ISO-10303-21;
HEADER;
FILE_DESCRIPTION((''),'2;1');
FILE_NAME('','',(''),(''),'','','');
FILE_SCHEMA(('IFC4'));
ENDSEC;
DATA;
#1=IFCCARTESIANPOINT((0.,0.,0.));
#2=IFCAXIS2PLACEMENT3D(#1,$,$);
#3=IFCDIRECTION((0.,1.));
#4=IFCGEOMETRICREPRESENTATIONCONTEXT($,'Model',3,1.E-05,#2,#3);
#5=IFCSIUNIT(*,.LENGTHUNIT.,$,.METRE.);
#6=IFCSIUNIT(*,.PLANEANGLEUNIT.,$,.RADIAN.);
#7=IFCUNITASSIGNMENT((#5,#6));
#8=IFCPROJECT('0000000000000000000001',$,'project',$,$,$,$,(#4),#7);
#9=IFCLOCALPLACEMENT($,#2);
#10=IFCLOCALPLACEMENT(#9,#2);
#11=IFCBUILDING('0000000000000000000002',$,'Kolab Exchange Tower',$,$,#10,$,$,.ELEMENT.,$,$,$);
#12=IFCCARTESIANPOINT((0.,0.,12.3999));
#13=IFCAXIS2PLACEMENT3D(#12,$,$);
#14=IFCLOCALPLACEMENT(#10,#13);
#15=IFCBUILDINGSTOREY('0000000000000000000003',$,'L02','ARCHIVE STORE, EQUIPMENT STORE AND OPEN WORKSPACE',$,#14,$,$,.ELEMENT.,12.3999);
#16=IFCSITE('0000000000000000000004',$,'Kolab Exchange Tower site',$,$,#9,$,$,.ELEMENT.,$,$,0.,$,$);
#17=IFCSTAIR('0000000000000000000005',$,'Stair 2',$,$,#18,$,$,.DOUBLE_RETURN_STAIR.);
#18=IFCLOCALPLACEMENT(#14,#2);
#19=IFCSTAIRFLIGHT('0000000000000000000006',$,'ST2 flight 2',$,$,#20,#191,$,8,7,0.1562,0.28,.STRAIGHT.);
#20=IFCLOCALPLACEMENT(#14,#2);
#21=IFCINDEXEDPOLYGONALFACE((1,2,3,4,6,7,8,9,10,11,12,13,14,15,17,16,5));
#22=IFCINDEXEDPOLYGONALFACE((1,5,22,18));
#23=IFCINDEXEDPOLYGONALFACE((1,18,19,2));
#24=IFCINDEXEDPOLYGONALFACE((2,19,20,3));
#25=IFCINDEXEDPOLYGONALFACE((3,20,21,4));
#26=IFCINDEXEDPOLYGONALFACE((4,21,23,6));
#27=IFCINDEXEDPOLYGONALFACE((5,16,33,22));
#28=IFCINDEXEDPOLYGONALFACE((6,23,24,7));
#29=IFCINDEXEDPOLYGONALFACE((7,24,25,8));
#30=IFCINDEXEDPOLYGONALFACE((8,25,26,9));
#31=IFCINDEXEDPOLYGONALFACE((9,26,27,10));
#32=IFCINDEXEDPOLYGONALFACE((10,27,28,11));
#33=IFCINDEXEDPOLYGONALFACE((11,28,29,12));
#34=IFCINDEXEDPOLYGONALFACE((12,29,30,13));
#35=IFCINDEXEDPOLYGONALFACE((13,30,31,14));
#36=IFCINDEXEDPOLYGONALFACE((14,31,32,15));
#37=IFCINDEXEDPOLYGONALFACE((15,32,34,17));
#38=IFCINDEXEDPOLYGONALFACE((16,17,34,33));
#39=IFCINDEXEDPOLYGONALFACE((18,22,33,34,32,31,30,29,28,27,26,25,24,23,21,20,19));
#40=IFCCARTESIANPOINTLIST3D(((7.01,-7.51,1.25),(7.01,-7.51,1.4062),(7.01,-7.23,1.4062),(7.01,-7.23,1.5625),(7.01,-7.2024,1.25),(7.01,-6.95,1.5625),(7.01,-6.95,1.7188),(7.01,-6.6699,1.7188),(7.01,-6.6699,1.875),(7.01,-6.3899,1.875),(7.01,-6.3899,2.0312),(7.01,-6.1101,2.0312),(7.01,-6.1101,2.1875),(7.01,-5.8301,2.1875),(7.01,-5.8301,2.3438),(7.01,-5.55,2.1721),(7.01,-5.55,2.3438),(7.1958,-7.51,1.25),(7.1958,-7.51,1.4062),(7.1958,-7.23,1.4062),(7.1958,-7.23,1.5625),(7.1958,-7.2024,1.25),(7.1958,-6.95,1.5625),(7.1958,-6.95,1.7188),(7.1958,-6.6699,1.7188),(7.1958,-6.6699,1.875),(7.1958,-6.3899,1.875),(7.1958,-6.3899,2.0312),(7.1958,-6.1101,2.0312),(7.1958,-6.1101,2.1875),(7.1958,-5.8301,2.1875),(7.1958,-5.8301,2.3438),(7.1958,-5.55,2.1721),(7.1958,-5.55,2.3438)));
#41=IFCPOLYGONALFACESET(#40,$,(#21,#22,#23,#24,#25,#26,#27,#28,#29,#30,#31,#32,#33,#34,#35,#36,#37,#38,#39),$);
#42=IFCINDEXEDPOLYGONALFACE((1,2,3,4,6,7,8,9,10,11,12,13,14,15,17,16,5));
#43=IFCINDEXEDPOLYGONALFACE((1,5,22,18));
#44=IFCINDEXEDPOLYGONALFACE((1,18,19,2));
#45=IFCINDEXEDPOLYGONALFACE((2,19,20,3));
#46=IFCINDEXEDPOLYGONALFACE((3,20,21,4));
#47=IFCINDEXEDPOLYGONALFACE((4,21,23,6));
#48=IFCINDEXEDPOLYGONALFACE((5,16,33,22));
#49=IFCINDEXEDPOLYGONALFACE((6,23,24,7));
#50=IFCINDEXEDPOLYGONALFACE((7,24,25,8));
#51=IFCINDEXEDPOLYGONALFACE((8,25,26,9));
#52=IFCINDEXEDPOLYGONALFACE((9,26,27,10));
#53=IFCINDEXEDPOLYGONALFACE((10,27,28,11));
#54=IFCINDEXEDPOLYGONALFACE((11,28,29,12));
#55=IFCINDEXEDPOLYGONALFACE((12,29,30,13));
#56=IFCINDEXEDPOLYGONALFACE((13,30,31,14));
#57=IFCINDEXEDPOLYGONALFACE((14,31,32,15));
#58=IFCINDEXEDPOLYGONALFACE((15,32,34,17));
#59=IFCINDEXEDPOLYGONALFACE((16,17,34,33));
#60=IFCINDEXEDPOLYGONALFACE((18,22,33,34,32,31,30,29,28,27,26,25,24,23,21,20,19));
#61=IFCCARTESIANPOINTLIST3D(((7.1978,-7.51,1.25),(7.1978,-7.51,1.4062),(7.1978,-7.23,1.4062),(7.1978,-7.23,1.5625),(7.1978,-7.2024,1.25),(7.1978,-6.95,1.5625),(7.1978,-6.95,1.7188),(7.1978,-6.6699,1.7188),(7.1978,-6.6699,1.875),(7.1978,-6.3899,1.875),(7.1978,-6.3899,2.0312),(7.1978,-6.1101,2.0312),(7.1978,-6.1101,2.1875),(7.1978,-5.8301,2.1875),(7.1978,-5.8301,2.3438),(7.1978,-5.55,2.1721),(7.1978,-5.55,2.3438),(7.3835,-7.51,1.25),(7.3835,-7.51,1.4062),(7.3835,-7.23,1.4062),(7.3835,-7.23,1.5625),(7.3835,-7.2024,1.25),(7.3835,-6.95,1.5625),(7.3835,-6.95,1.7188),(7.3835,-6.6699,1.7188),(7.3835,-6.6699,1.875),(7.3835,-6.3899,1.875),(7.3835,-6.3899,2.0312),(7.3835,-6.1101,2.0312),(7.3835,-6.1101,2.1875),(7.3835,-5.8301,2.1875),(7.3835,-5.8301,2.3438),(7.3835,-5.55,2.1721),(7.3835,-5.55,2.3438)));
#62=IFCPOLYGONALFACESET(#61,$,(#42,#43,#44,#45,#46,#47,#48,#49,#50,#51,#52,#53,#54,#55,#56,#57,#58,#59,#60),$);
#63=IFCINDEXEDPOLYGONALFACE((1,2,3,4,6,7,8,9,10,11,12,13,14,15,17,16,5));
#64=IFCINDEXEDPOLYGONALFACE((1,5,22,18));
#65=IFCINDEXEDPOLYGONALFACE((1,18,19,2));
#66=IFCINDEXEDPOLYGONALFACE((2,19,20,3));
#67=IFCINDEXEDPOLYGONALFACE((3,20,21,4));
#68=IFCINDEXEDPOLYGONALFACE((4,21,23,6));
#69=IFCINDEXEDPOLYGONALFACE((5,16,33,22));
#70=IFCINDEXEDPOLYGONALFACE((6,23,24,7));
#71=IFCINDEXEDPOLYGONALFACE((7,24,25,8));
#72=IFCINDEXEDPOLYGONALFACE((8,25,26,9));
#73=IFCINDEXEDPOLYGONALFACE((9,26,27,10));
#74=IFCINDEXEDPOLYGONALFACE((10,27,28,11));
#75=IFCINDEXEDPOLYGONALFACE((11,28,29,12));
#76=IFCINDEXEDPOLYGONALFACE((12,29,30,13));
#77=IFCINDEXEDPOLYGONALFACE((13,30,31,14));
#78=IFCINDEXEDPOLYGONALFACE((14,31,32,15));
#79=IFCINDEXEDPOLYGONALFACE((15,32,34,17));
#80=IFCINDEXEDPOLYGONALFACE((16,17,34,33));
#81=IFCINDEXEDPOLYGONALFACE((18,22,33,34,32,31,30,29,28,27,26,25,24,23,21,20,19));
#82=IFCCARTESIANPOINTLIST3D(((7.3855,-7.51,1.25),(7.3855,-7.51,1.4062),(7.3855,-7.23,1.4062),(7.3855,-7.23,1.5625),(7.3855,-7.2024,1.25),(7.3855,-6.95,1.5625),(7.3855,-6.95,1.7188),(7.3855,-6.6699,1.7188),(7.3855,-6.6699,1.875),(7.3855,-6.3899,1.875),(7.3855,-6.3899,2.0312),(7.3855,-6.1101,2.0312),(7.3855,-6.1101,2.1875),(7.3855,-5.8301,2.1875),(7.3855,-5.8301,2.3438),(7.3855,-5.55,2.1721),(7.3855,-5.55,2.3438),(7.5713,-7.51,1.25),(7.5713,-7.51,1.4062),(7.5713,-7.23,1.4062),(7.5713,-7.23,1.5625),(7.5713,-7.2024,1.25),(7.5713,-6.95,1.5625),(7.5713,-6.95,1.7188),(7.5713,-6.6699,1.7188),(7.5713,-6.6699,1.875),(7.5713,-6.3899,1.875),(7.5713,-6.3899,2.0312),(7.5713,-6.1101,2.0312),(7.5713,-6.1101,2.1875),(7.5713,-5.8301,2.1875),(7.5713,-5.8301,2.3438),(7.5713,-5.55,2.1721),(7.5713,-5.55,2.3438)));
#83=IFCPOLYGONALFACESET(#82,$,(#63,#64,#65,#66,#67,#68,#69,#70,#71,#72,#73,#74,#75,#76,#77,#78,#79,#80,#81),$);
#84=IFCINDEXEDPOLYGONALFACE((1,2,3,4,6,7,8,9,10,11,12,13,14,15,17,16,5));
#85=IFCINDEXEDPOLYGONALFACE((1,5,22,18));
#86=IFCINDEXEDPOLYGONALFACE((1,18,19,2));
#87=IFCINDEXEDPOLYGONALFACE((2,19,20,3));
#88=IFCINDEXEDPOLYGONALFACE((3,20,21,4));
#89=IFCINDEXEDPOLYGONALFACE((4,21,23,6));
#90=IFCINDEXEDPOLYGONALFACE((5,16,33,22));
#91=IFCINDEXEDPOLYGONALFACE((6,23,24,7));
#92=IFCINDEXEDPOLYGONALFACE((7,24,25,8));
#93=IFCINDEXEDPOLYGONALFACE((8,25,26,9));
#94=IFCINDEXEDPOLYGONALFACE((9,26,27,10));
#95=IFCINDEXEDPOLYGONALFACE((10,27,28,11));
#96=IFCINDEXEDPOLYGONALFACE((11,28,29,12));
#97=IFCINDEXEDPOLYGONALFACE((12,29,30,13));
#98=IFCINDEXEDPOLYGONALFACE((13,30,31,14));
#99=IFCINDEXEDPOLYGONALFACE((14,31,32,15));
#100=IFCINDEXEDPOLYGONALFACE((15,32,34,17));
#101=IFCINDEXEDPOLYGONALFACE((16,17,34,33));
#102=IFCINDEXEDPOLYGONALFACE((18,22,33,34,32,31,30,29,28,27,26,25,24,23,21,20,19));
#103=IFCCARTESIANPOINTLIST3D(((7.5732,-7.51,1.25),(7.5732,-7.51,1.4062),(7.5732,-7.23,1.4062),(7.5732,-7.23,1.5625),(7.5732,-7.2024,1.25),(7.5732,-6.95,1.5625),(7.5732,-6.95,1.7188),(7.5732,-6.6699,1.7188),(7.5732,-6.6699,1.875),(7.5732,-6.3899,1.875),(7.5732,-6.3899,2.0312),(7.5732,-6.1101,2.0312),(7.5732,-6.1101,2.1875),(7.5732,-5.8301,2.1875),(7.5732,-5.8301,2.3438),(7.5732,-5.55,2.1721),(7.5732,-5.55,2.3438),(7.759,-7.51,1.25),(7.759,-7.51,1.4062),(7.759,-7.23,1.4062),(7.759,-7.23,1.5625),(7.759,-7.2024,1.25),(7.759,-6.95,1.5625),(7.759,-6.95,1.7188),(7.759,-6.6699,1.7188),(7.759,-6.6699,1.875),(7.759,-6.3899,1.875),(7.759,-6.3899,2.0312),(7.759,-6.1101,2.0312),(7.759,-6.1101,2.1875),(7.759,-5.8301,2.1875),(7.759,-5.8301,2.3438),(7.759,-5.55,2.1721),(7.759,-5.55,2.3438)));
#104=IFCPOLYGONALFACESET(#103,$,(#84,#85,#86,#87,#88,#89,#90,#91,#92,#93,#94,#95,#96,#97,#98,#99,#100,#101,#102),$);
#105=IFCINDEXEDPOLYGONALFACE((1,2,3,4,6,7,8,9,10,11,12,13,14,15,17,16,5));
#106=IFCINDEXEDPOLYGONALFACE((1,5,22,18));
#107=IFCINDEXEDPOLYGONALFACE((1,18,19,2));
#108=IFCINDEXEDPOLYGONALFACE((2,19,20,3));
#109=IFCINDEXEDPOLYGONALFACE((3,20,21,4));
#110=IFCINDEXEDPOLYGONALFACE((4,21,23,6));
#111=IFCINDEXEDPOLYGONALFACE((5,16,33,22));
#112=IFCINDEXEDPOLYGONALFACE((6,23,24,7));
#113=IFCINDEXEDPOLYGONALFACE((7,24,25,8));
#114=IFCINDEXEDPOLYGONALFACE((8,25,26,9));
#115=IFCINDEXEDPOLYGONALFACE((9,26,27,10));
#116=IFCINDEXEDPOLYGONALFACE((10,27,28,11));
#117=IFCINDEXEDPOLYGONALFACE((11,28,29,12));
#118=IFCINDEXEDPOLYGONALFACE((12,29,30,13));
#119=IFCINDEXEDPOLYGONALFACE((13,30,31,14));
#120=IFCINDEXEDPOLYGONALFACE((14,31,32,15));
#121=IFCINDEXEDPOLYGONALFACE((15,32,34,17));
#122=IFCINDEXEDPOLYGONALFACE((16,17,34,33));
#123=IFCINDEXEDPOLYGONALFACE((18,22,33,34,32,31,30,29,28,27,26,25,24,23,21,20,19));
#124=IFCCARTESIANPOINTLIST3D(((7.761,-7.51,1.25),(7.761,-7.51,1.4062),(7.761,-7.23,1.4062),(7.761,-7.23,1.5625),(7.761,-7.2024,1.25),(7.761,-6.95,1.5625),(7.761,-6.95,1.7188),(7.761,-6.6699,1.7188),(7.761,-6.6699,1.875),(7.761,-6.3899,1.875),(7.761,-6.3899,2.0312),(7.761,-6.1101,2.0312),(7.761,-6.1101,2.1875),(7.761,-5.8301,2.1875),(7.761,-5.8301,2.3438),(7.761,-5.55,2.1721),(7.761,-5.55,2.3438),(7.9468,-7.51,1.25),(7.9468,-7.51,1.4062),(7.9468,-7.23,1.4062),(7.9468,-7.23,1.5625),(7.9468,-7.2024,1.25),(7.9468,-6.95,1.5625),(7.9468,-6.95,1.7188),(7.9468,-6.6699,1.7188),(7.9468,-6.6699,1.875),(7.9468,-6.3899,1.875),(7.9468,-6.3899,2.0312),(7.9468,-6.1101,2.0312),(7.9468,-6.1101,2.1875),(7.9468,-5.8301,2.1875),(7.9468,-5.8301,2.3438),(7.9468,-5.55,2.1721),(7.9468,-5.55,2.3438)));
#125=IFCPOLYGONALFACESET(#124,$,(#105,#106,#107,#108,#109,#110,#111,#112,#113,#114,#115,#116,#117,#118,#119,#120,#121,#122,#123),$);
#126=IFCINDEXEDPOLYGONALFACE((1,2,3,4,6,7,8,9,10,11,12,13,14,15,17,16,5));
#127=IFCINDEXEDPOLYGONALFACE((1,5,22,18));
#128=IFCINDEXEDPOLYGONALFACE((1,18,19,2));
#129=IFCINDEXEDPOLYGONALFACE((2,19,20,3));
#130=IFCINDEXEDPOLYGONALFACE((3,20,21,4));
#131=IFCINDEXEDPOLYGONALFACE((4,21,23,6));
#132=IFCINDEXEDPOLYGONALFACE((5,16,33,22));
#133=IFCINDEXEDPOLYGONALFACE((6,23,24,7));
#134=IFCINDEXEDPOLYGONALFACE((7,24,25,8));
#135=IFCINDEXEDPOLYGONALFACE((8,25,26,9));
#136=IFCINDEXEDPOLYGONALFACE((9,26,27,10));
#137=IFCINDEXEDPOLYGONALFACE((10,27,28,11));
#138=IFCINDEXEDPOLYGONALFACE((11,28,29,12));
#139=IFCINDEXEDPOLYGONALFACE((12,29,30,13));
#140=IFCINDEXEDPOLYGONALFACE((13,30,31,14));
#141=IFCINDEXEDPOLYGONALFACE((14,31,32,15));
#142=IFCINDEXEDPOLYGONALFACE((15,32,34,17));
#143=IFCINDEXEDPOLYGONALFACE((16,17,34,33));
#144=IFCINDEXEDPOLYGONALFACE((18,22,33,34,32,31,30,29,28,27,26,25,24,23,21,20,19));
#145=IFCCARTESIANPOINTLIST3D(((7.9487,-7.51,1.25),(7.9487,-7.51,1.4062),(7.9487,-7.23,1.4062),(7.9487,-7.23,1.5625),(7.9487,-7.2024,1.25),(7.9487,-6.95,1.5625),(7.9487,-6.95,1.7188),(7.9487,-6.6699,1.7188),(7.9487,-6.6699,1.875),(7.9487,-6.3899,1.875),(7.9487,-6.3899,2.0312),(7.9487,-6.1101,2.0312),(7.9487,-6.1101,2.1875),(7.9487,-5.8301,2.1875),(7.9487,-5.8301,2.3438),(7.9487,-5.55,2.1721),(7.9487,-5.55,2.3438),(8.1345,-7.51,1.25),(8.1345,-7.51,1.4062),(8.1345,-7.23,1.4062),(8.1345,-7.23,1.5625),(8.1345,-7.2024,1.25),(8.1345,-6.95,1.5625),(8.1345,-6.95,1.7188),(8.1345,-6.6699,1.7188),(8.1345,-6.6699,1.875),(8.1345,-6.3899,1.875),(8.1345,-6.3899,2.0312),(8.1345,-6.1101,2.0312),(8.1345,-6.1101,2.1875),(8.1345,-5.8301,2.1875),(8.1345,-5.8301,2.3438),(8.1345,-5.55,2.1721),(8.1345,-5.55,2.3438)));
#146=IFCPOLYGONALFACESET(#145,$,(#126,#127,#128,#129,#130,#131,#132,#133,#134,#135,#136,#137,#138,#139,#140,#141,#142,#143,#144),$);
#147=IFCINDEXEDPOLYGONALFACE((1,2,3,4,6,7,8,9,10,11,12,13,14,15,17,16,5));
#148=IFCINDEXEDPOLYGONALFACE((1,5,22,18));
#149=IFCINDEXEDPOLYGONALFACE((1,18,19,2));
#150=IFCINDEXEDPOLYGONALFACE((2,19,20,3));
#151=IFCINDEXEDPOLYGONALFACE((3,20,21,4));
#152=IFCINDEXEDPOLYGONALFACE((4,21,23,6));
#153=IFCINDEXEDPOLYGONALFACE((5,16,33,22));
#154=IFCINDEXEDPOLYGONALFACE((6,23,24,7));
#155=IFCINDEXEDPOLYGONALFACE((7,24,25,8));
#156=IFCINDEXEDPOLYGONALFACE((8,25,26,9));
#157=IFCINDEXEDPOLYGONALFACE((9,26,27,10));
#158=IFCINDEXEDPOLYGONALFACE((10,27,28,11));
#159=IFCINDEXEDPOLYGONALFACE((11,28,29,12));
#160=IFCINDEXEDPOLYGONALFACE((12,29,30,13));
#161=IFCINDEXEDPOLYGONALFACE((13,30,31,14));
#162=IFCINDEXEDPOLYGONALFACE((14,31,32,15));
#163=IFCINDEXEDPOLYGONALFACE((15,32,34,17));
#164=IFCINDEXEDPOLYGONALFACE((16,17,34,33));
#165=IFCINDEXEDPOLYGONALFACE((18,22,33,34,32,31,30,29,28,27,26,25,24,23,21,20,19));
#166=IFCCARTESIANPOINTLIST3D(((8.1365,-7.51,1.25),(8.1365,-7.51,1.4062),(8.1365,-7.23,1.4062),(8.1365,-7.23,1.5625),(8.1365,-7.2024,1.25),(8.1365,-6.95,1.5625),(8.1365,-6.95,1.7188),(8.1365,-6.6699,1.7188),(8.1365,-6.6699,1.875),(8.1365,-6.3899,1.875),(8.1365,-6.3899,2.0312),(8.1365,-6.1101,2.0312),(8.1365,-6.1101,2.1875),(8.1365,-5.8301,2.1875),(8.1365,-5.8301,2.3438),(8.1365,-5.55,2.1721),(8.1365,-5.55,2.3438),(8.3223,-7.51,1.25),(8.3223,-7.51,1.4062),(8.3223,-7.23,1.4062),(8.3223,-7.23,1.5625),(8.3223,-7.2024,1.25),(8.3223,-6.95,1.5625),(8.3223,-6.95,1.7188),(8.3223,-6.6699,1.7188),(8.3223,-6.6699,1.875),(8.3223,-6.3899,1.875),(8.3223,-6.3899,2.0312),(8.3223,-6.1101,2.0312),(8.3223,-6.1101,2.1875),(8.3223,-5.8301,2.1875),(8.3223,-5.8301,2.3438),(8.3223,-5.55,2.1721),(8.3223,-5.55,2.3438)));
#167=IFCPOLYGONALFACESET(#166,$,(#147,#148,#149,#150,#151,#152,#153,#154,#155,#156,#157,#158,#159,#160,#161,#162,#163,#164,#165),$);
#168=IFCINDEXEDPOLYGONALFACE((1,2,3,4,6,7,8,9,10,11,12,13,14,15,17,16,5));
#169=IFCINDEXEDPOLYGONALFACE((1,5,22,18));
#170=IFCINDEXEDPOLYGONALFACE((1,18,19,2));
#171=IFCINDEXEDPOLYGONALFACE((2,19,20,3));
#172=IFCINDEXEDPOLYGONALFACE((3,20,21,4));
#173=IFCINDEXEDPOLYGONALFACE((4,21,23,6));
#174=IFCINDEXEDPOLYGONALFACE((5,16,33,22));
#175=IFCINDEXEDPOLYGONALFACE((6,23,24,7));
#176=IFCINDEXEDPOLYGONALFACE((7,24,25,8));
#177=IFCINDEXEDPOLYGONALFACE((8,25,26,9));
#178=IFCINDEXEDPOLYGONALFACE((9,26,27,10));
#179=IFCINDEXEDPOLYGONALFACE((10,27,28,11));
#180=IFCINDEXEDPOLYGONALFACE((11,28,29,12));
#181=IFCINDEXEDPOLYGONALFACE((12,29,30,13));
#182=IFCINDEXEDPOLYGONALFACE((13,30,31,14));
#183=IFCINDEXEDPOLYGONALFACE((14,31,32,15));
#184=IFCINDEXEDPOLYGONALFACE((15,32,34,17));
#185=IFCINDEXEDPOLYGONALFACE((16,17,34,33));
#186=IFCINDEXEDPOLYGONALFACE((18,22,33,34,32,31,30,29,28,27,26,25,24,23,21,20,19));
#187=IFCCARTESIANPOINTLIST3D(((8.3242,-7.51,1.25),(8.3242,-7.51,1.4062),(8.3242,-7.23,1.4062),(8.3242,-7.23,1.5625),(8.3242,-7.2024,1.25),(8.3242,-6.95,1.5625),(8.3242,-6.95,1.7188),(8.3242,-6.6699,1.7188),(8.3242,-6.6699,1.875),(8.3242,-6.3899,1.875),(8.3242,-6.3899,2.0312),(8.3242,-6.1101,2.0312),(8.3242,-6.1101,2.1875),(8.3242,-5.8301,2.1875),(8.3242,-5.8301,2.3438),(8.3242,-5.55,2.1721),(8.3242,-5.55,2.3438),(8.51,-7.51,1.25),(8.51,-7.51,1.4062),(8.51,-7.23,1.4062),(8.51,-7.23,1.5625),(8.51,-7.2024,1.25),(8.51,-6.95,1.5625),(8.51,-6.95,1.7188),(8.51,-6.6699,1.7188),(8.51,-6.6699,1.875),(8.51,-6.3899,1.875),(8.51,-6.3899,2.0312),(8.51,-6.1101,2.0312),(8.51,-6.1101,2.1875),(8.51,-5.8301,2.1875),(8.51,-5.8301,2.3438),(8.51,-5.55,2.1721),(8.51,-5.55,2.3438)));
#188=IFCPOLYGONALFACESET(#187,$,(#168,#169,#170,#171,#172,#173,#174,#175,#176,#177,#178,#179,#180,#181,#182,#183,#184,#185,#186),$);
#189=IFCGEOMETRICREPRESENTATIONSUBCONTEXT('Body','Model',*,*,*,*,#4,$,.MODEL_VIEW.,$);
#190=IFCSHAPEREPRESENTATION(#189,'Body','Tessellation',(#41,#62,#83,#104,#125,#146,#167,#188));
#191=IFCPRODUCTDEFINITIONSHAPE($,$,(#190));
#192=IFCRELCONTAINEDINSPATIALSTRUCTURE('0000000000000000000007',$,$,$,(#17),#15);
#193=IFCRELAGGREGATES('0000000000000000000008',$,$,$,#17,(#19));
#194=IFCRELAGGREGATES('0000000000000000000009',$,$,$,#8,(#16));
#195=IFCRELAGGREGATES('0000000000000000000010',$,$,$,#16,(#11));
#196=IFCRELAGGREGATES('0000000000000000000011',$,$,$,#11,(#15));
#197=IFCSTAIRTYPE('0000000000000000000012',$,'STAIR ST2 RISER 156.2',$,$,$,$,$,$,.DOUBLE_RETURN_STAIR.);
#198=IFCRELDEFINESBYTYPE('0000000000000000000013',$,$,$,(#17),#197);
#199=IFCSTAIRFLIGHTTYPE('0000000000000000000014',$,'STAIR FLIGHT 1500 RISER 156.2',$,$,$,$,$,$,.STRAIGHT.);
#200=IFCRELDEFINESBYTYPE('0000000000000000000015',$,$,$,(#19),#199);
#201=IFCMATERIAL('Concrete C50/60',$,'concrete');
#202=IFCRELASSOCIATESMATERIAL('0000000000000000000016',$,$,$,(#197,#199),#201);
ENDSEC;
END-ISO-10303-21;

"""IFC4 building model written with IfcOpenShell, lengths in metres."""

from ifc_helpers import new_model, si_unit, direction, frame, origin, place, context, subcontext, project, spatial, polyline, outline, extrude, material, type_object, element, aggregate, save


model = new_model("IFC4")

# Units and contexts
model_context = context("Model", 3, precision=1e-05, world=origin(), true_north=direction((0.0, 1.0)))
body_context = subcontext(model_context, "Body", "Model", "MODEL_VIEW")
ifc_project = project(units=[si_unit("LENGTHUNIT", "METRE"), si_unit("PLANEANGLEUNIT", "RADIAN")], contexts=[model_context])

# Site, building, storey
site_placement = place(None, origin())
site = spatial("IfcSite", under=ifc_project, at=site_placement, Name="Kolab Exchange Tower site", CompositionType="ELEMENT", RefElevation=0.0)
building_placement = place(site_placement, origin())
building = spatial("IfcBuilding", under=site, at=building_placement, Name="Kolab Exchange Tower", CompositionType="ELEMENT")
storey_placement = place(building_placement, frame((0.0, 0.0, 12.3999)))
storey = spatial("IfcBuildingStorey", under=building, at=storey_placement, Name="L02", Description="ARCHIVE STORE, EQUIPMENT STORE AND OPEN WORKSPACE", CompositionType="ELEMENT", Elevation=12.3999)

# Shared definitions
ifc_material_1 = material(Name="Concrete C50/60", Category="concrete")

# Stair, stair flight
stair_type = type_object("IfcStairType", Name="STAIR ST2 RISER 156.2", PredefinedType="DOUBLE_RETURN_STAIR", material=ifc_material_1)
stair_placement = place(storey_placement, origin())
stair = element("IfcStair", 1, at=stair_placement, inside=storey, type_object=stair_type, Name="Stair 2", PredefinedType="DOUBLE_RETURN_STAIR")
stair_flight_type = type_object("IfcStairFlightType", Name="STAIR FLIGHT 1500 RISER 156.2", PredefinedType="STRAIGHT", material=ifc_material_1)
stair_flight_1_placement = place(storey_placement, frame((7.76, -7.51, 1.25), z_axis=(0.0, 0.0, 1.0), x_axis=(0.0, 1.0, 0.0)))
stair_flight_1 = element("IfcStairFlight", 2, at=stair_flight_1_placement, type_object=stair_flight_type, Name="ST2 flight 2", NumberOfRisers=8, NumberOfTreads=7, PredefinedType="STRAIGHT", RiserHeight=0.1562, TreadLength=0.28, context=body_context, shape_type="SweptSolid", body=[
    extrude(outline(polyline([(0.0, 0.0), (0.0, 0.1562), (0.28, 0.1562), (0.28, 0.3125), (0.5601, 0.3125), (0.5601, 0.4688), (0.8401, 0.4688), (0.8401, 0.625), (1.1201, 0.625), (1.1201, 0.7812), (1.3999, 0.7812), (1.3999, 0.9375), (1.6799, 0.9375), (1.6799, 1.0938), (1.96, 1.0938), (1.96, 1.25), (1.96, 0.9221), (0.3076, 0.0), (0.0, 0.0)])), frame((0.0, 0.75, 0.0), z_axis=(0.0, -1.0, 0.0), x_axis=(1.0, 0.0, 0.0)), (0.0, 0.0, 1.0), 0.1858),
    extrude(outline(polyline([(0.0, 0.0), (0.0, 0.1562), (0.28, 0.1562), (0.28, 0.3125), (0.5601, 0.3125), (0.5601, 0.4688), (0.8401, 0.4688), (0.8401, 0.625), (1.1201, 0.625), (1.1201, 0.7812), (1.3999, 0.7812), (1.3999, 0.9375), (1.6799, 0.9375), (1.6799, 1.0938), (1.96, 1.0938), (1.96, 1.25), (1.96, 0.9221), (0.3076, 0.0), (0.0, 0.0)])), frame((0.0, 0.5623, 0.0), z_axis=(0.0, -1.0, 0.0), x_axis=(1.0, 0.0, 0.0)), (0.0, 0.0, 1.0), 0.1858),
    extrude(outline(polyline([(0.0, 0.0), (0.0, 0.1562), (0.28, 0.1562), (0.28, 0.3125), (0.5601, 0.3125), (0.5601, 0.4688), (0.8401, 0.4688), (0.8401, 0.625), (1.1201, 0.625), (1.1201, 0.7812), (1.3999, 0.7812), (1.3999, 0.9375), (1.6799, 0.9375), (1.6799, 1.0938), (1.96, 1.0938), (1.96, 1.25), (1.96, 0.9221), (0.3076, 0.0), (0.0, 0.0)])), frame((0.0, 0.3745, 0.0), z_axis=(0.0, -1.0, 0.0), x_axis=(1.0, 0.0, 0.0)), (0.0, 0.0, 1.0), 0.1858),
    extrude(outline(polyline([(0.0, 0.0), (0.0, 0.1562), (0.28, 0.1562), (0.28, 0.3125), (0.5601, 0.3125), (0.5601, 0.4688), (0.8401, 0.4688), (0.8401, 0.625), (1.1201, 0.625), (1.1201, 0.7812), (1.3999, 0.7812), (1.3999, 0.9375), (1.6799, 0.9375), (1.6799, 1.0938), (1.96, 1.0938), (1.96, 1.25), (1.96, 0.9221), (0.3076, 0.0), (0.0, 0.0)])), frame((0.0, 0.1868, 0.0), z_axis=(0.0, -1.0, 0.0), x_axis=(1.0, 0.0, 0.0)), (0.0, 0.0, 1.0), 0.1858),
    extrude(outline(polyline([(0.0, 0.0), (0.0, 0.1562), (0.28, 0.1562), (0.28, 0.3125), (0.5601, 0.3125), (0.5601, 0.4688), (0.8401, 0.4688), (0.8401, 0.625), (1.1201, 0.625), (1.1201, 0.7812), (1.3999, 0.7812), (1.3999, 0.9375), (1.6799, 0.9375), (1.6799, 1.0938), (1.96, 1.0938), (1.96, 1.25), (1.96, 0.9221), (0.3076, 0.0), (0.0, 0.0)])), frame((0.0, -0.001, 0.0), z_axis=(0.0, -1.0, 0.0), x_axis=(1.0, 0.0, 0.0)), (0.0, 0.0, 1.0), 0.1858),
    extrude(outline(polyline([(0.0, 0.0), (0.0, 0.1562), (0.28, 0.1562), (0.28, 0.3125), (0.5601, 0.3125), (0.5601, 0.4688), (0.8401, 0.4688), (0.8401, 0.625), (1.1201, 0.625), (1.1201, 0.7812), (1.3999, 0.7812), (1.3999, 0.9375), (1.6799, 0.9375), (1.6799, 1.0938), (1.96, 1.0938), (1.96, 1.25), (1.96, 0.9221), (0.3076, 0.0), (0.0, 0.0)])), frame((0.0, -0.1887, 0.0), z_axis=(0.0, -1.0, 0.0), x_axis=(1.0, 0.0, 0.0)), (0.0, 0.0, 1.0), 0.1858),
    extrude(outline(polyline([(0.0, 0.0), (0.0, 0.1562), (0.28, 0.1562), (0.28, 0.3125), (0.5601, 0.3125), (0.5601, 0.4688), (0.8401, 0.4688), (0.8401, 0.625), (1.1201, 0.625), (1.1201, 0.7812), (1.3999, 0.7812), (1.3999, 0.9375), (1.6799, 0.9375), (1.6799, 1.0938), (1.96, 1.0938), (1.96, 1.25), (1.96, 0.9221), (0.3076, 0.0), (0.0, 0.0)])), frame((0.0, -0.3765, 0.0), z_axis=(0.0, -1.0, 0.0), x_axis=(1.0, 0.0, 0.0)), (0.0, 0.0, 1.0), 0.1858),
    extrude(outline(polyline([(0.0, 0.0), (0.0, 0.1562), (0.28, 0.1562), (0.28, 0.3125), (0.5601, 0.3125), (0.5601, 0.4688), (0.8401, 0.4688), (0.8401, 0.625), (1.1201, 0.625), (1.1201, 0.7812), (1.3999, 0.7812), (1.3999, 0.9375), (1.6799, 0.9375), (1.6799, 1.0938), (1.96, 1.0938), (1.96, 1.25), (1.96, 0.9221), (0.3076, 0.0), (0.0, 0.0)])), frame((0.0, -0.5642, 0.0), z_axis=(0.0, -1.0, 0.0), x_axis=(1.0, 0.0, 0.0)), (0.0, 0.0, 1.0), 0.1858),
])
aggregate(stair, [stair_flight_1])

save(model, "model.ifc")
